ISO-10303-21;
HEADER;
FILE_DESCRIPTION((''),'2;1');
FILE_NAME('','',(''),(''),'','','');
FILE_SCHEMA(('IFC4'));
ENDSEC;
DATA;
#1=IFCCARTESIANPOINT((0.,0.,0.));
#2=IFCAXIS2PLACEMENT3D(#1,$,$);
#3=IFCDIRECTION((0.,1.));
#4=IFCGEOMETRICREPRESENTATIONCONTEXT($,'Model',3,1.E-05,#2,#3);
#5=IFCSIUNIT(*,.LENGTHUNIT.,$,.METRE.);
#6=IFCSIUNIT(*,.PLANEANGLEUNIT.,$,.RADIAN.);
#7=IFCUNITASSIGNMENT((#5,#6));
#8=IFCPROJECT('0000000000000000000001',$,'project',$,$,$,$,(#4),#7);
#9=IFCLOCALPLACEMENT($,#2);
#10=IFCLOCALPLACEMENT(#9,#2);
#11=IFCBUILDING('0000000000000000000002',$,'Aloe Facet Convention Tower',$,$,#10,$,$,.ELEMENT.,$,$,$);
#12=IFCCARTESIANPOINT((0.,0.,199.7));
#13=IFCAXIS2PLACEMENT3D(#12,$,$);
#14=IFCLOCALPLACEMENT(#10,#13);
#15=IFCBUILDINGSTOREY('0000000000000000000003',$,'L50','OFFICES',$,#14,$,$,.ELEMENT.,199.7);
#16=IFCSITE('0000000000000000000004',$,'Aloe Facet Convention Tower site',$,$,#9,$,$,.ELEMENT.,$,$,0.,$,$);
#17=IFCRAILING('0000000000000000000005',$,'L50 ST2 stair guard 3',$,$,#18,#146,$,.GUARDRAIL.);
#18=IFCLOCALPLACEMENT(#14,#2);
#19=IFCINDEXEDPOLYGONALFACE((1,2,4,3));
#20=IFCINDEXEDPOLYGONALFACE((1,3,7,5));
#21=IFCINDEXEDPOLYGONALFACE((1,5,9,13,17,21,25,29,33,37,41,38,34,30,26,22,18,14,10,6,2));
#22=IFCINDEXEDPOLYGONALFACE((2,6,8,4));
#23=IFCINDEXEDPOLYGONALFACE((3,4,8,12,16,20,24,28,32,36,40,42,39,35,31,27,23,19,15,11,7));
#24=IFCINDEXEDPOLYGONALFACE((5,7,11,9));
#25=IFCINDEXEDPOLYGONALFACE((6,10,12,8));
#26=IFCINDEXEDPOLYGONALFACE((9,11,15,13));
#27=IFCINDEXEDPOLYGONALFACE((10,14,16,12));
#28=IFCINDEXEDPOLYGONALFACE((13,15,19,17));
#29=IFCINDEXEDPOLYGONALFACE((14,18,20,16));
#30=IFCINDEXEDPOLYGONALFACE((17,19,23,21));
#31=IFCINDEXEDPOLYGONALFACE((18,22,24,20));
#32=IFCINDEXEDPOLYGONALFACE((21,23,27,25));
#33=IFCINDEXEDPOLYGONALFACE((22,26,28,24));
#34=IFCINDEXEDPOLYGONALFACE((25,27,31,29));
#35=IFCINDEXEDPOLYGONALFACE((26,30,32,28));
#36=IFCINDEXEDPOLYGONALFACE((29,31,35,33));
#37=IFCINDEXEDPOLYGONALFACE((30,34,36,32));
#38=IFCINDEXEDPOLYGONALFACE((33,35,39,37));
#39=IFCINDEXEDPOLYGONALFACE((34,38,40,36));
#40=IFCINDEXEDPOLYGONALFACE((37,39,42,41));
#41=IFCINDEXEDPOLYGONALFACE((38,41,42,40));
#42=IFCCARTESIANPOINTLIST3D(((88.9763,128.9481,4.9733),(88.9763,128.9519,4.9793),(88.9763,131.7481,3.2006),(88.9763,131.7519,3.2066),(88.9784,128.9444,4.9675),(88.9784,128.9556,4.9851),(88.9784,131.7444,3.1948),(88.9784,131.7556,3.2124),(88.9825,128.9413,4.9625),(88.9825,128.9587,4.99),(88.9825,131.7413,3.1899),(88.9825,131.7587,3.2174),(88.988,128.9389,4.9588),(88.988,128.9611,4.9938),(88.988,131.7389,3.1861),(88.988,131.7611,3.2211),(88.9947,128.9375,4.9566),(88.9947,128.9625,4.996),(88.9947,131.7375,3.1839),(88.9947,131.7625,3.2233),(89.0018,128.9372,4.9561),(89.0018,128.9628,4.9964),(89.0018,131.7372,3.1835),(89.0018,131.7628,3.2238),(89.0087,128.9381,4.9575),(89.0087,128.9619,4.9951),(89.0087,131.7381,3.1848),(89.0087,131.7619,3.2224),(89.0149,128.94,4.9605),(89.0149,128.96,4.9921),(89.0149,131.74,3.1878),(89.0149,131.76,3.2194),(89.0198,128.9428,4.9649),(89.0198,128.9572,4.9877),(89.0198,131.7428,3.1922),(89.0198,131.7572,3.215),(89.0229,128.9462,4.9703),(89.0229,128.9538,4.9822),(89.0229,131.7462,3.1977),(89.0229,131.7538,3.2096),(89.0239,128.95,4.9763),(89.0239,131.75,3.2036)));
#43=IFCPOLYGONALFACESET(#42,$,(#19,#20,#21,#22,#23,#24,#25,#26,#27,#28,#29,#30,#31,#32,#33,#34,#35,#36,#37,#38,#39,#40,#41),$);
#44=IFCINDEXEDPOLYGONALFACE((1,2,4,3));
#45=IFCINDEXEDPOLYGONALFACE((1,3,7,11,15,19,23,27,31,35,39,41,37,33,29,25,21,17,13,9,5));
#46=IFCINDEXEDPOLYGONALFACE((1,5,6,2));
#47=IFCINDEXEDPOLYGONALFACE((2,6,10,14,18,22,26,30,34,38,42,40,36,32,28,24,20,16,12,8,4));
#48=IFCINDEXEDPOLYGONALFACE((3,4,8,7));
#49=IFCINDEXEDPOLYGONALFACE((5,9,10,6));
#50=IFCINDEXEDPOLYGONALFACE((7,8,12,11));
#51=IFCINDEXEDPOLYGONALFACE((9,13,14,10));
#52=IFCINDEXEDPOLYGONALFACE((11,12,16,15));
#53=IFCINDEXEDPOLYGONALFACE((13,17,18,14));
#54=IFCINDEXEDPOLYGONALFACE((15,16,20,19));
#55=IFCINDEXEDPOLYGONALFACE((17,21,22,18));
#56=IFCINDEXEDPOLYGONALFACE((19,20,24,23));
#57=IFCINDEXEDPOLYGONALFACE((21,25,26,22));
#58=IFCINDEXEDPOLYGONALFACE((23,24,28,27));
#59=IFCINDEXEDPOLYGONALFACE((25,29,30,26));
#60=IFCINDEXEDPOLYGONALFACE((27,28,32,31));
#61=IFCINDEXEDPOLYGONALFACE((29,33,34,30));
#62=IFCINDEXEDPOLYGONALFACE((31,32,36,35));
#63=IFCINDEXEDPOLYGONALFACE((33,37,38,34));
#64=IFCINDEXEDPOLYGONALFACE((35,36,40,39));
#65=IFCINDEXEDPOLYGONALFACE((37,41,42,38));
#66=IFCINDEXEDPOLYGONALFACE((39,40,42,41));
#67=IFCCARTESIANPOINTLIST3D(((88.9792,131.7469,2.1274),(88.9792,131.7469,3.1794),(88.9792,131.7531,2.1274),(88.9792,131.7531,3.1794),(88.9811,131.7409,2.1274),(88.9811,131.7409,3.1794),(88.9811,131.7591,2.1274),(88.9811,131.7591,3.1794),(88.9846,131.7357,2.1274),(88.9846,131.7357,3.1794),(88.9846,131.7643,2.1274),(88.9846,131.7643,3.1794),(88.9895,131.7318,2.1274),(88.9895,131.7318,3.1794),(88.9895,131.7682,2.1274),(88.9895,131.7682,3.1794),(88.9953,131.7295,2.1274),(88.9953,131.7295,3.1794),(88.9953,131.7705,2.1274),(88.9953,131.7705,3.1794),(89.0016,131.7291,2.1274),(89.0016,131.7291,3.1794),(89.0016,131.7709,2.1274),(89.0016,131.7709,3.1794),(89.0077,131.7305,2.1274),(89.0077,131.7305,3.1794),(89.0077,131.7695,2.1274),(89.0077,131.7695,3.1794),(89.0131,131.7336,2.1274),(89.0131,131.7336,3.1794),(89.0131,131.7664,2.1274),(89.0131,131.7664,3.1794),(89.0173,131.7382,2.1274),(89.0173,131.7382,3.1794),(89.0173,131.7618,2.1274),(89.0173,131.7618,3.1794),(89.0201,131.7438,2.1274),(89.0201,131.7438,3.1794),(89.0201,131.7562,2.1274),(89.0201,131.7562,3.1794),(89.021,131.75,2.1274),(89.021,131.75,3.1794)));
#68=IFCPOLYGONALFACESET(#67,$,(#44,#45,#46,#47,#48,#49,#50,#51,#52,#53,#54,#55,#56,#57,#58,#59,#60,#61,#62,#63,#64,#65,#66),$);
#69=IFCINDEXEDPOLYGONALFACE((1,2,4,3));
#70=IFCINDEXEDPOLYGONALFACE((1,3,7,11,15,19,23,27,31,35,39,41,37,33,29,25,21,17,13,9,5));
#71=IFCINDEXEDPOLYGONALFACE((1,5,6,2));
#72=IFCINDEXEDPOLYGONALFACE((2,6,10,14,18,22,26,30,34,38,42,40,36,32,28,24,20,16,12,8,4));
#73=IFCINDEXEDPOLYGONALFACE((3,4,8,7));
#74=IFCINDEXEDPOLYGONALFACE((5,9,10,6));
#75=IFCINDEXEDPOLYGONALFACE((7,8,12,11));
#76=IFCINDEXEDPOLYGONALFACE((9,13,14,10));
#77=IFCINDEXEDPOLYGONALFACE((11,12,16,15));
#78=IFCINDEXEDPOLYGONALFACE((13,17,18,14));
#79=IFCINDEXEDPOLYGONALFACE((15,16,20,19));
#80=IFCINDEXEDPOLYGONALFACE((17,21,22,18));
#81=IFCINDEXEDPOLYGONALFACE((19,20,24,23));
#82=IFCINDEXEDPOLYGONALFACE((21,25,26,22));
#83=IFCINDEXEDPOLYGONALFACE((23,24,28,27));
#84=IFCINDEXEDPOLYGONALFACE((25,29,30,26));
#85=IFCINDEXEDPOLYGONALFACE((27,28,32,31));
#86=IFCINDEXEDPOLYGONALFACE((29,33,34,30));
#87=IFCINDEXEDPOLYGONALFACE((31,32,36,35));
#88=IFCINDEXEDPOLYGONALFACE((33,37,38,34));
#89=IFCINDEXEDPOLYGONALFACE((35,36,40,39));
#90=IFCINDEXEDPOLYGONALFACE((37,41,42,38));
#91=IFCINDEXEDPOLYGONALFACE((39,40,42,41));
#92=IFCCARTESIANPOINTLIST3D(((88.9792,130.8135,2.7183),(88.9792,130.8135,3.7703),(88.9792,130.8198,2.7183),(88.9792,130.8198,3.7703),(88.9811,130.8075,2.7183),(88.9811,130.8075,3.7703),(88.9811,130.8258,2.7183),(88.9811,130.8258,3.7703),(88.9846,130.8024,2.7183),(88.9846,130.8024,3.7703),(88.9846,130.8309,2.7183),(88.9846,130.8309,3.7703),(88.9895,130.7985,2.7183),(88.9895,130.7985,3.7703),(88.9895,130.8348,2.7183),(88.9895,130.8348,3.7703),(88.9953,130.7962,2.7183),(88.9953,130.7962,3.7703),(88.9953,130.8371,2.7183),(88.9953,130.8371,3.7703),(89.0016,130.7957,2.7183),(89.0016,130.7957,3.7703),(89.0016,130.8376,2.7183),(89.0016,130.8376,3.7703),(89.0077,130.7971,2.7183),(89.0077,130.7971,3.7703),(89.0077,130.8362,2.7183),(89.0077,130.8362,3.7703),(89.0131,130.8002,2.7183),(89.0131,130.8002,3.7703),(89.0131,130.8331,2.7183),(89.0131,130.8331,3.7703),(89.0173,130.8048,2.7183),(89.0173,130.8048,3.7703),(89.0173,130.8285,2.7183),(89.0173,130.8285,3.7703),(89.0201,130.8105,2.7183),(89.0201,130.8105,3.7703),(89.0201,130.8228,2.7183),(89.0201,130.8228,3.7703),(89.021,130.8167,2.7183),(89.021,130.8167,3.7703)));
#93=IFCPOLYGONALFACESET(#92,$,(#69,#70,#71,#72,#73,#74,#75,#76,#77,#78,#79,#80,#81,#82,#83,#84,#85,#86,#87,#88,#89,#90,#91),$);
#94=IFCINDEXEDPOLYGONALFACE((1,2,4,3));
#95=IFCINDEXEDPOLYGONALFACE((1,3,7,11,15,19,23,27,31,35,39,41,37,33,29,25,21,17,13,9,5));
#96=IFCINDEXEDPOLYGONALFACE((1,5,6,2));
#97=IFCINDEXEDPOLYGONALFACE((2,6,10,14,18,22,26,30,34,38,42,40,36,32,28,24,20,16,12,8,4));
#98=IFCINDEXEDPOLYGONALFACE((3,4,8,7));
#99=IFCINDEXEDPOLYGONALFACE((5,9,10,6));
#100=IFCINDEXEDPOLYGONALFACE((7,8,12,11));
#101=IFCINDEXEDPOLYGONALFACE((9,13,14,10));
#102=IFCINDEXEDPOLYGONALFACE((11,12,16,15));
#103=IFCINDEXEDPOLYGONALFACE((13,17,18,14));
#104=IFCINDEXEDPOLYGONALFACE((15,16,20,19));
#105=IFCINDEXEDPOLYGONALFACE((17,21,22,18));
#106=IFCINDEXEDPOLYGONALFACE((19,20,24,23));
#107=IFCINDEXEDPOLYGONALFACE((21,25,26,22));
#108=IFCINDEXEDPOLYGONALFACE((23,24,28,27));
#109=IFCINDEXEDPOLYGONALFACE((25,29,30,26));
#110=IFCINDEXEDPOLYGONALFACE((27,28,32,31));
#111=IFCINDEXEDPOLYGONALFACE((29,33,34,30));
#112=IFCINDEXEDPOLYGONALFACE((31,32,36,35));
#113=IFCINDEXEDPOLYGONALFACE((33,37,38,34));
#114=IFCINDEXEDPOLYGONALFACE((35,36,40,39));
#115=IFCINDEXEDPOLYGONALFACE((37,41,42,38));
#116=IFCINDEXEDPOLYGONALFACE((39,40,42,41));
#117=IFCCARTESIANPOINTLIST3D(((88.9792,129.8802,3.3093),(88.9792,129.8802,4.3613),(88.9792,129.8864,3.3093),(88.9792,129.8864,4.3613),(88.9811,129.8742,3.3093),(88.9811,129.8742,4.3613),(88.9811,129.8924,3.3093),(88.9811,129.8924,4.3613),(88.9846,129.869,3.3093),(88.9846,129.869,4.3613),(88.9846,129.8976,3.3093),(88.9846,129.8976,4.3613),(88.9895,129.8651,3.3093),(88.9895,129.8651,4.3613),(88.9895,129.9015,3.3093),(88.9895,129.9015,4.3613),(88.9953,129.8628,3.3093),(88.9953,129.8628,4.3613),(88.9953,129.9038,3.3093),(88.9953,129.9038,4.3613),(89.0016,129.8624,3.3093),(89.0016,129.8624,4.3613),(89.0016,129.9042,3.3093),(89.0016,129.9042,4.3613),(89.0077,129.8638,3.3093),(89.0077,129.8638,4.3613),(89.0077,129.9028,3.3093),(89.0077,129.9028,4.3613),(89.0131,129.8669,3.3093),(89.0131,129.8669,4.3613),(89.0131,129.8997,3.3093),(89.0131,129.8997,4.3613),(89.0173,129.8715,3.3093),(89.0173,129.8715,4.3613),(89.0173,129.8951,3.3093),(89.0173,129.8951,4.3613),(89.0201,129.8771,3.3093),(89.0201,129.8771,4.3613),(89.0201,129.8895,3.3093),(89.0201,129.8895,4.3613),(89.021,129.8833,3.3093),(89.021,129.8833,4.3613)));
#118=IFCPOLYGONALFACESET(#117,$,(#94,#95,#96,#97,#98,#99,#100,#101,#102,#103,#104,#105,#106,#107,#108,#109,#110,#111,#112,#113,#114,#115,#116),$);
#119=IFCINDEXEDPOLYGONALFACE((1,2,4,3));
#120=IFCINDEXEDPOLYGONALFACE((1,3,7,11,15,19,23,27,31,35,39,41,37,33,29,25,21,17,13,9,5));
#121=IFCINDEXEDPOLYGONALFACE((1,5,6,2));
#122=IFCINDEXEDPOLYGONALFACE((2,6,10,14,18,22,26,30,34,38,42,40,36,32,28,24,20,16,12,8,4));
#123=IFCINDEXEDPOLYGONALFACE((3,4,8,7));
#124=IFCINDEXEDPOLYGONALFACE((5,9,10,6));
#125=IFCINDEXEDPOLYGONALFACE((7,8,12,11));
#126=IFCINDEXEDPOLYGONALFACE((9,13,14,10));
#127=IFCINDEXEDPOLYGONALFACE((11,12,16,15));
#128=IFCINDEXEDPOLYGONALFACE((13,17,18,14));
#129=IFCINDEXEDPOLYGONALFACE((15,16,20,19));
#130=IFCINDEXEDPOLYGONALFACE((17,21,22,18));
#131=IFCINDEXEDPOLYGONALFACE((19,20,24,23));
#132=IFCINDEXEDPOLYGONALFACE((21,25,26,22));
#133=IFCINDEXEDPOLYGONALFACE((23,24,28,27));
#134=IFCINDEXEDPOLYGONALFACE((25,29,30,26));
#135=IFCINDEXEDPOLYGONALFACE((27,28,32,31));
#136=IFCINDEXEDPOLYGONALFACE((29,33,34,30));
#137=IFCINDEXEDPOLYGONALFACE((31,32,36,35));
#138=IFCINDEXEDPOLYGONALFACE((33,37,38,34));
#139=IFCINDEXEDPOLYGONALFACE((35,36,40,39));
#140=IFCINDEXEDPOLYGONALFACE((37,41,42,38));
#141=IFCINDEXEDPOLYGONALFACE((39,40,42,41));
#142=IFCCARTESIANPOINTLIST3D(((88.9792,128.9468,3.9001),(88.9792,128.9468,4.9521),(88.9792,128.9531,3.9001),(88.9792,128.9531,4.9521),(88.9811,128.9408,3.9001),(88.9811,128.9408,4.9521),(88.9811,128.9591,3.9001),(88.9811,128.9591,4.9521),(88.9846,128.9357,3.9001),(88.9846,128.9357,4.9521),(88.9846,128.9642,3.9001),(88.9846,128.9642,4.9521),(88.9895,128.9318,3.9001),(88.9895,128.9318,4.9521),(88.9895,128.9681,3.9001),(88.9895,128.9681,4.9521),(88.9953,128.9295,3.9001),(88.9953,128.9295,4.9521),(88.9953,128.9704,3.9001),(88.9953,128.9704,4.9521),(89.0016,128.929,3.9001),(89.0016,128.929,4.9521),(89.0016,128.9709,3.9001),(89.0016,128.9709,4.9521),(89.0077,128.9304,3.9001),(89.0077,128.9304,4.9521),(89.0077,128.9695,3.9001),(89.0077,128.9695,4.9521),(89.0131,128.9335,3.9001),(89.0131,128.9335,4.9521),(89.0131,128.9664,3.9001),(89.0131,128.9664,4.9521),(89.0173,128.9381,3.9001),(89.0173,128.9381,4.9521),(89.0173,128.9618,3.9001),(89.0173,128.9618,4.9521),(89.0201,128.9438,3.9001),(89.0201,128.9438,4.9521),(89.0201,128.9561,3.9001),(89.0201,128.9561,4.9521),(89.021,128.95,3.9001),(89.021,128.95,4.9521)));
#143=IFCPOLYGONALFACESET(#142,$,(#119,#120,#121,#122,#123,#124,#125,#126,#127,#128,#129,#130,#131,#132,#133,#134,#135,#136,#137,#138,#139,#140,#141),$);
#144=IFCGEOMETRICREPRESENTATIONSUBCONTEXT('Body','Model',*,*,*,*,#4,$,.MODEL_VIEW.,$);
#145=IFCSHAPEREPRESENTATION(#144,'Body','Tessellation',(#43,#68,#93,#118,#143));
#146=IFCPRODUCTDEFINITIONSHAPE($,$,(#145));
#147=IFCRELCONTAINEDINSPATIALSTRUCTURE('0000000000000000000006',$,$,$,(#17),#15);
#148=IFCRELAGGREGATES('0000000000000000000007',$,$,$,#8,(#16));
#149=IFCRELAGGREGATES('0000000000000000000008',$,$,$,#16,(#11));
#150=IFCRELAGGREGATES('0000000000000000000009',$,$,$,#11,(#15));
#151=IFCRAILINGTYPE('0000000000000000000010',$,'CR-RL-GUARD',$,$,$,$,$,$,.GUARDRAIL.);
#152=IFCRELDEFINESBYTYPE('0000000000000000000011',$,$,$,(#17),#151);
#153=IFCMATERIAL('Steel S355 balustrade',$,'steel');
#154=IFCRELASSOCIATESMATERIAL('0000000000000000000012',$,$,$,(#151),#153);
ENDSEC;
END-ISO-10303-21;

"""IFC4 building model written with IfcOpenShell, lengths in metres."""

from ifc_helpers import new_model, si_unit, direction, frame, origin, origin_2d, place, context, subcontext, project, spatial, circle, extrude, material, type_object, element, save


model = new_model("IFC4")

# Units and contexts
model_context = context("Model", 3, precision=1e-05, world=origin(), true_north=direction((0.0, 1.0)))
body_context = subcontext(model_context, "Body", "Model", "MODEL_VIEW")
ifc_project = project(units=[si_unit("LENGTHUNIT", "METRE"), si_unit("PLANEANGLEUNIT", "RADIAN")], contexts=[model_context])

# Site, building, storey
site_placement = place(None, origin())
site = spatial("IfcSite", under=ifc_project, at=site_placement, Name="Aloe Facet Convention Tower site", CompositionType="ELEMENT", RefElevation=0.0)
building_placement = place(site_placement, origin())
building = spatial("IfcBuilding", under=site, at=building_placement, Name="Aloe Facet Convention Tower", CompositionType="ELEMENT")
storey_placement = place(building_placement, frame((0.0, 0.0, 199.7)))
storey = spatial("IfcBuildingStorey", under=building, at=storey_placement, Name="L50", Description="OFFICES", CompositionType="ELEMENT", Elevation=199.7)

# Railing
ifc_material_1 = material(Name="Steel S355 balustrade", Category="steel")
railing_type_1 = type_object("IfcRailingType", Name="CR-RL-GUARD", PredefinedType="GUARDRAIL", material=ifc_material_1)
railing_1_placement = place(storey_placement, frame((89.0, 131.75, 2.1274)))
element("IfcRailing", 1, at=railing_1_placement, inside=storey, type_object=railing_type_1, Name="L50 ST2 stair guard 3", PredefinedType="GUARDRAIL", context=body_context, shape_type="SweptSolid", body=[
    extrude(circle(Radius=0.0239, at=origin_2d()), frame((0.0, 0.0, 1.0762), z_axis=(0.0, -0.844909, 0.53491), x_axis=(1.0, 0.0, 0.0)), (0.0, 0.0, 1.0), 3.314),
    extrude(circle(Radius=0.021, at=origin_2d()), origin(), (0.0, 0.0, 1.0), 1.052),
    extrude(circle(Radius=0.021, at=origin_2d()), frame((0.0, -0.9333, 0.5908)), (0.0, 0.0, 1.0), 1.052),
    extrude(circle(Radius=0.021, at=origin_2d()), frame((0.0, -1.8667, 1.1819)), (0.0, 0.0, 1.0), 1.052),
    extrude(circle(Radius=0.021, at=origin_2d()), frame((0.0, -2.8, 1.7727)), (0.0, 0.0, 1.0), 1.052),
])

save(model, "model.ifc")
